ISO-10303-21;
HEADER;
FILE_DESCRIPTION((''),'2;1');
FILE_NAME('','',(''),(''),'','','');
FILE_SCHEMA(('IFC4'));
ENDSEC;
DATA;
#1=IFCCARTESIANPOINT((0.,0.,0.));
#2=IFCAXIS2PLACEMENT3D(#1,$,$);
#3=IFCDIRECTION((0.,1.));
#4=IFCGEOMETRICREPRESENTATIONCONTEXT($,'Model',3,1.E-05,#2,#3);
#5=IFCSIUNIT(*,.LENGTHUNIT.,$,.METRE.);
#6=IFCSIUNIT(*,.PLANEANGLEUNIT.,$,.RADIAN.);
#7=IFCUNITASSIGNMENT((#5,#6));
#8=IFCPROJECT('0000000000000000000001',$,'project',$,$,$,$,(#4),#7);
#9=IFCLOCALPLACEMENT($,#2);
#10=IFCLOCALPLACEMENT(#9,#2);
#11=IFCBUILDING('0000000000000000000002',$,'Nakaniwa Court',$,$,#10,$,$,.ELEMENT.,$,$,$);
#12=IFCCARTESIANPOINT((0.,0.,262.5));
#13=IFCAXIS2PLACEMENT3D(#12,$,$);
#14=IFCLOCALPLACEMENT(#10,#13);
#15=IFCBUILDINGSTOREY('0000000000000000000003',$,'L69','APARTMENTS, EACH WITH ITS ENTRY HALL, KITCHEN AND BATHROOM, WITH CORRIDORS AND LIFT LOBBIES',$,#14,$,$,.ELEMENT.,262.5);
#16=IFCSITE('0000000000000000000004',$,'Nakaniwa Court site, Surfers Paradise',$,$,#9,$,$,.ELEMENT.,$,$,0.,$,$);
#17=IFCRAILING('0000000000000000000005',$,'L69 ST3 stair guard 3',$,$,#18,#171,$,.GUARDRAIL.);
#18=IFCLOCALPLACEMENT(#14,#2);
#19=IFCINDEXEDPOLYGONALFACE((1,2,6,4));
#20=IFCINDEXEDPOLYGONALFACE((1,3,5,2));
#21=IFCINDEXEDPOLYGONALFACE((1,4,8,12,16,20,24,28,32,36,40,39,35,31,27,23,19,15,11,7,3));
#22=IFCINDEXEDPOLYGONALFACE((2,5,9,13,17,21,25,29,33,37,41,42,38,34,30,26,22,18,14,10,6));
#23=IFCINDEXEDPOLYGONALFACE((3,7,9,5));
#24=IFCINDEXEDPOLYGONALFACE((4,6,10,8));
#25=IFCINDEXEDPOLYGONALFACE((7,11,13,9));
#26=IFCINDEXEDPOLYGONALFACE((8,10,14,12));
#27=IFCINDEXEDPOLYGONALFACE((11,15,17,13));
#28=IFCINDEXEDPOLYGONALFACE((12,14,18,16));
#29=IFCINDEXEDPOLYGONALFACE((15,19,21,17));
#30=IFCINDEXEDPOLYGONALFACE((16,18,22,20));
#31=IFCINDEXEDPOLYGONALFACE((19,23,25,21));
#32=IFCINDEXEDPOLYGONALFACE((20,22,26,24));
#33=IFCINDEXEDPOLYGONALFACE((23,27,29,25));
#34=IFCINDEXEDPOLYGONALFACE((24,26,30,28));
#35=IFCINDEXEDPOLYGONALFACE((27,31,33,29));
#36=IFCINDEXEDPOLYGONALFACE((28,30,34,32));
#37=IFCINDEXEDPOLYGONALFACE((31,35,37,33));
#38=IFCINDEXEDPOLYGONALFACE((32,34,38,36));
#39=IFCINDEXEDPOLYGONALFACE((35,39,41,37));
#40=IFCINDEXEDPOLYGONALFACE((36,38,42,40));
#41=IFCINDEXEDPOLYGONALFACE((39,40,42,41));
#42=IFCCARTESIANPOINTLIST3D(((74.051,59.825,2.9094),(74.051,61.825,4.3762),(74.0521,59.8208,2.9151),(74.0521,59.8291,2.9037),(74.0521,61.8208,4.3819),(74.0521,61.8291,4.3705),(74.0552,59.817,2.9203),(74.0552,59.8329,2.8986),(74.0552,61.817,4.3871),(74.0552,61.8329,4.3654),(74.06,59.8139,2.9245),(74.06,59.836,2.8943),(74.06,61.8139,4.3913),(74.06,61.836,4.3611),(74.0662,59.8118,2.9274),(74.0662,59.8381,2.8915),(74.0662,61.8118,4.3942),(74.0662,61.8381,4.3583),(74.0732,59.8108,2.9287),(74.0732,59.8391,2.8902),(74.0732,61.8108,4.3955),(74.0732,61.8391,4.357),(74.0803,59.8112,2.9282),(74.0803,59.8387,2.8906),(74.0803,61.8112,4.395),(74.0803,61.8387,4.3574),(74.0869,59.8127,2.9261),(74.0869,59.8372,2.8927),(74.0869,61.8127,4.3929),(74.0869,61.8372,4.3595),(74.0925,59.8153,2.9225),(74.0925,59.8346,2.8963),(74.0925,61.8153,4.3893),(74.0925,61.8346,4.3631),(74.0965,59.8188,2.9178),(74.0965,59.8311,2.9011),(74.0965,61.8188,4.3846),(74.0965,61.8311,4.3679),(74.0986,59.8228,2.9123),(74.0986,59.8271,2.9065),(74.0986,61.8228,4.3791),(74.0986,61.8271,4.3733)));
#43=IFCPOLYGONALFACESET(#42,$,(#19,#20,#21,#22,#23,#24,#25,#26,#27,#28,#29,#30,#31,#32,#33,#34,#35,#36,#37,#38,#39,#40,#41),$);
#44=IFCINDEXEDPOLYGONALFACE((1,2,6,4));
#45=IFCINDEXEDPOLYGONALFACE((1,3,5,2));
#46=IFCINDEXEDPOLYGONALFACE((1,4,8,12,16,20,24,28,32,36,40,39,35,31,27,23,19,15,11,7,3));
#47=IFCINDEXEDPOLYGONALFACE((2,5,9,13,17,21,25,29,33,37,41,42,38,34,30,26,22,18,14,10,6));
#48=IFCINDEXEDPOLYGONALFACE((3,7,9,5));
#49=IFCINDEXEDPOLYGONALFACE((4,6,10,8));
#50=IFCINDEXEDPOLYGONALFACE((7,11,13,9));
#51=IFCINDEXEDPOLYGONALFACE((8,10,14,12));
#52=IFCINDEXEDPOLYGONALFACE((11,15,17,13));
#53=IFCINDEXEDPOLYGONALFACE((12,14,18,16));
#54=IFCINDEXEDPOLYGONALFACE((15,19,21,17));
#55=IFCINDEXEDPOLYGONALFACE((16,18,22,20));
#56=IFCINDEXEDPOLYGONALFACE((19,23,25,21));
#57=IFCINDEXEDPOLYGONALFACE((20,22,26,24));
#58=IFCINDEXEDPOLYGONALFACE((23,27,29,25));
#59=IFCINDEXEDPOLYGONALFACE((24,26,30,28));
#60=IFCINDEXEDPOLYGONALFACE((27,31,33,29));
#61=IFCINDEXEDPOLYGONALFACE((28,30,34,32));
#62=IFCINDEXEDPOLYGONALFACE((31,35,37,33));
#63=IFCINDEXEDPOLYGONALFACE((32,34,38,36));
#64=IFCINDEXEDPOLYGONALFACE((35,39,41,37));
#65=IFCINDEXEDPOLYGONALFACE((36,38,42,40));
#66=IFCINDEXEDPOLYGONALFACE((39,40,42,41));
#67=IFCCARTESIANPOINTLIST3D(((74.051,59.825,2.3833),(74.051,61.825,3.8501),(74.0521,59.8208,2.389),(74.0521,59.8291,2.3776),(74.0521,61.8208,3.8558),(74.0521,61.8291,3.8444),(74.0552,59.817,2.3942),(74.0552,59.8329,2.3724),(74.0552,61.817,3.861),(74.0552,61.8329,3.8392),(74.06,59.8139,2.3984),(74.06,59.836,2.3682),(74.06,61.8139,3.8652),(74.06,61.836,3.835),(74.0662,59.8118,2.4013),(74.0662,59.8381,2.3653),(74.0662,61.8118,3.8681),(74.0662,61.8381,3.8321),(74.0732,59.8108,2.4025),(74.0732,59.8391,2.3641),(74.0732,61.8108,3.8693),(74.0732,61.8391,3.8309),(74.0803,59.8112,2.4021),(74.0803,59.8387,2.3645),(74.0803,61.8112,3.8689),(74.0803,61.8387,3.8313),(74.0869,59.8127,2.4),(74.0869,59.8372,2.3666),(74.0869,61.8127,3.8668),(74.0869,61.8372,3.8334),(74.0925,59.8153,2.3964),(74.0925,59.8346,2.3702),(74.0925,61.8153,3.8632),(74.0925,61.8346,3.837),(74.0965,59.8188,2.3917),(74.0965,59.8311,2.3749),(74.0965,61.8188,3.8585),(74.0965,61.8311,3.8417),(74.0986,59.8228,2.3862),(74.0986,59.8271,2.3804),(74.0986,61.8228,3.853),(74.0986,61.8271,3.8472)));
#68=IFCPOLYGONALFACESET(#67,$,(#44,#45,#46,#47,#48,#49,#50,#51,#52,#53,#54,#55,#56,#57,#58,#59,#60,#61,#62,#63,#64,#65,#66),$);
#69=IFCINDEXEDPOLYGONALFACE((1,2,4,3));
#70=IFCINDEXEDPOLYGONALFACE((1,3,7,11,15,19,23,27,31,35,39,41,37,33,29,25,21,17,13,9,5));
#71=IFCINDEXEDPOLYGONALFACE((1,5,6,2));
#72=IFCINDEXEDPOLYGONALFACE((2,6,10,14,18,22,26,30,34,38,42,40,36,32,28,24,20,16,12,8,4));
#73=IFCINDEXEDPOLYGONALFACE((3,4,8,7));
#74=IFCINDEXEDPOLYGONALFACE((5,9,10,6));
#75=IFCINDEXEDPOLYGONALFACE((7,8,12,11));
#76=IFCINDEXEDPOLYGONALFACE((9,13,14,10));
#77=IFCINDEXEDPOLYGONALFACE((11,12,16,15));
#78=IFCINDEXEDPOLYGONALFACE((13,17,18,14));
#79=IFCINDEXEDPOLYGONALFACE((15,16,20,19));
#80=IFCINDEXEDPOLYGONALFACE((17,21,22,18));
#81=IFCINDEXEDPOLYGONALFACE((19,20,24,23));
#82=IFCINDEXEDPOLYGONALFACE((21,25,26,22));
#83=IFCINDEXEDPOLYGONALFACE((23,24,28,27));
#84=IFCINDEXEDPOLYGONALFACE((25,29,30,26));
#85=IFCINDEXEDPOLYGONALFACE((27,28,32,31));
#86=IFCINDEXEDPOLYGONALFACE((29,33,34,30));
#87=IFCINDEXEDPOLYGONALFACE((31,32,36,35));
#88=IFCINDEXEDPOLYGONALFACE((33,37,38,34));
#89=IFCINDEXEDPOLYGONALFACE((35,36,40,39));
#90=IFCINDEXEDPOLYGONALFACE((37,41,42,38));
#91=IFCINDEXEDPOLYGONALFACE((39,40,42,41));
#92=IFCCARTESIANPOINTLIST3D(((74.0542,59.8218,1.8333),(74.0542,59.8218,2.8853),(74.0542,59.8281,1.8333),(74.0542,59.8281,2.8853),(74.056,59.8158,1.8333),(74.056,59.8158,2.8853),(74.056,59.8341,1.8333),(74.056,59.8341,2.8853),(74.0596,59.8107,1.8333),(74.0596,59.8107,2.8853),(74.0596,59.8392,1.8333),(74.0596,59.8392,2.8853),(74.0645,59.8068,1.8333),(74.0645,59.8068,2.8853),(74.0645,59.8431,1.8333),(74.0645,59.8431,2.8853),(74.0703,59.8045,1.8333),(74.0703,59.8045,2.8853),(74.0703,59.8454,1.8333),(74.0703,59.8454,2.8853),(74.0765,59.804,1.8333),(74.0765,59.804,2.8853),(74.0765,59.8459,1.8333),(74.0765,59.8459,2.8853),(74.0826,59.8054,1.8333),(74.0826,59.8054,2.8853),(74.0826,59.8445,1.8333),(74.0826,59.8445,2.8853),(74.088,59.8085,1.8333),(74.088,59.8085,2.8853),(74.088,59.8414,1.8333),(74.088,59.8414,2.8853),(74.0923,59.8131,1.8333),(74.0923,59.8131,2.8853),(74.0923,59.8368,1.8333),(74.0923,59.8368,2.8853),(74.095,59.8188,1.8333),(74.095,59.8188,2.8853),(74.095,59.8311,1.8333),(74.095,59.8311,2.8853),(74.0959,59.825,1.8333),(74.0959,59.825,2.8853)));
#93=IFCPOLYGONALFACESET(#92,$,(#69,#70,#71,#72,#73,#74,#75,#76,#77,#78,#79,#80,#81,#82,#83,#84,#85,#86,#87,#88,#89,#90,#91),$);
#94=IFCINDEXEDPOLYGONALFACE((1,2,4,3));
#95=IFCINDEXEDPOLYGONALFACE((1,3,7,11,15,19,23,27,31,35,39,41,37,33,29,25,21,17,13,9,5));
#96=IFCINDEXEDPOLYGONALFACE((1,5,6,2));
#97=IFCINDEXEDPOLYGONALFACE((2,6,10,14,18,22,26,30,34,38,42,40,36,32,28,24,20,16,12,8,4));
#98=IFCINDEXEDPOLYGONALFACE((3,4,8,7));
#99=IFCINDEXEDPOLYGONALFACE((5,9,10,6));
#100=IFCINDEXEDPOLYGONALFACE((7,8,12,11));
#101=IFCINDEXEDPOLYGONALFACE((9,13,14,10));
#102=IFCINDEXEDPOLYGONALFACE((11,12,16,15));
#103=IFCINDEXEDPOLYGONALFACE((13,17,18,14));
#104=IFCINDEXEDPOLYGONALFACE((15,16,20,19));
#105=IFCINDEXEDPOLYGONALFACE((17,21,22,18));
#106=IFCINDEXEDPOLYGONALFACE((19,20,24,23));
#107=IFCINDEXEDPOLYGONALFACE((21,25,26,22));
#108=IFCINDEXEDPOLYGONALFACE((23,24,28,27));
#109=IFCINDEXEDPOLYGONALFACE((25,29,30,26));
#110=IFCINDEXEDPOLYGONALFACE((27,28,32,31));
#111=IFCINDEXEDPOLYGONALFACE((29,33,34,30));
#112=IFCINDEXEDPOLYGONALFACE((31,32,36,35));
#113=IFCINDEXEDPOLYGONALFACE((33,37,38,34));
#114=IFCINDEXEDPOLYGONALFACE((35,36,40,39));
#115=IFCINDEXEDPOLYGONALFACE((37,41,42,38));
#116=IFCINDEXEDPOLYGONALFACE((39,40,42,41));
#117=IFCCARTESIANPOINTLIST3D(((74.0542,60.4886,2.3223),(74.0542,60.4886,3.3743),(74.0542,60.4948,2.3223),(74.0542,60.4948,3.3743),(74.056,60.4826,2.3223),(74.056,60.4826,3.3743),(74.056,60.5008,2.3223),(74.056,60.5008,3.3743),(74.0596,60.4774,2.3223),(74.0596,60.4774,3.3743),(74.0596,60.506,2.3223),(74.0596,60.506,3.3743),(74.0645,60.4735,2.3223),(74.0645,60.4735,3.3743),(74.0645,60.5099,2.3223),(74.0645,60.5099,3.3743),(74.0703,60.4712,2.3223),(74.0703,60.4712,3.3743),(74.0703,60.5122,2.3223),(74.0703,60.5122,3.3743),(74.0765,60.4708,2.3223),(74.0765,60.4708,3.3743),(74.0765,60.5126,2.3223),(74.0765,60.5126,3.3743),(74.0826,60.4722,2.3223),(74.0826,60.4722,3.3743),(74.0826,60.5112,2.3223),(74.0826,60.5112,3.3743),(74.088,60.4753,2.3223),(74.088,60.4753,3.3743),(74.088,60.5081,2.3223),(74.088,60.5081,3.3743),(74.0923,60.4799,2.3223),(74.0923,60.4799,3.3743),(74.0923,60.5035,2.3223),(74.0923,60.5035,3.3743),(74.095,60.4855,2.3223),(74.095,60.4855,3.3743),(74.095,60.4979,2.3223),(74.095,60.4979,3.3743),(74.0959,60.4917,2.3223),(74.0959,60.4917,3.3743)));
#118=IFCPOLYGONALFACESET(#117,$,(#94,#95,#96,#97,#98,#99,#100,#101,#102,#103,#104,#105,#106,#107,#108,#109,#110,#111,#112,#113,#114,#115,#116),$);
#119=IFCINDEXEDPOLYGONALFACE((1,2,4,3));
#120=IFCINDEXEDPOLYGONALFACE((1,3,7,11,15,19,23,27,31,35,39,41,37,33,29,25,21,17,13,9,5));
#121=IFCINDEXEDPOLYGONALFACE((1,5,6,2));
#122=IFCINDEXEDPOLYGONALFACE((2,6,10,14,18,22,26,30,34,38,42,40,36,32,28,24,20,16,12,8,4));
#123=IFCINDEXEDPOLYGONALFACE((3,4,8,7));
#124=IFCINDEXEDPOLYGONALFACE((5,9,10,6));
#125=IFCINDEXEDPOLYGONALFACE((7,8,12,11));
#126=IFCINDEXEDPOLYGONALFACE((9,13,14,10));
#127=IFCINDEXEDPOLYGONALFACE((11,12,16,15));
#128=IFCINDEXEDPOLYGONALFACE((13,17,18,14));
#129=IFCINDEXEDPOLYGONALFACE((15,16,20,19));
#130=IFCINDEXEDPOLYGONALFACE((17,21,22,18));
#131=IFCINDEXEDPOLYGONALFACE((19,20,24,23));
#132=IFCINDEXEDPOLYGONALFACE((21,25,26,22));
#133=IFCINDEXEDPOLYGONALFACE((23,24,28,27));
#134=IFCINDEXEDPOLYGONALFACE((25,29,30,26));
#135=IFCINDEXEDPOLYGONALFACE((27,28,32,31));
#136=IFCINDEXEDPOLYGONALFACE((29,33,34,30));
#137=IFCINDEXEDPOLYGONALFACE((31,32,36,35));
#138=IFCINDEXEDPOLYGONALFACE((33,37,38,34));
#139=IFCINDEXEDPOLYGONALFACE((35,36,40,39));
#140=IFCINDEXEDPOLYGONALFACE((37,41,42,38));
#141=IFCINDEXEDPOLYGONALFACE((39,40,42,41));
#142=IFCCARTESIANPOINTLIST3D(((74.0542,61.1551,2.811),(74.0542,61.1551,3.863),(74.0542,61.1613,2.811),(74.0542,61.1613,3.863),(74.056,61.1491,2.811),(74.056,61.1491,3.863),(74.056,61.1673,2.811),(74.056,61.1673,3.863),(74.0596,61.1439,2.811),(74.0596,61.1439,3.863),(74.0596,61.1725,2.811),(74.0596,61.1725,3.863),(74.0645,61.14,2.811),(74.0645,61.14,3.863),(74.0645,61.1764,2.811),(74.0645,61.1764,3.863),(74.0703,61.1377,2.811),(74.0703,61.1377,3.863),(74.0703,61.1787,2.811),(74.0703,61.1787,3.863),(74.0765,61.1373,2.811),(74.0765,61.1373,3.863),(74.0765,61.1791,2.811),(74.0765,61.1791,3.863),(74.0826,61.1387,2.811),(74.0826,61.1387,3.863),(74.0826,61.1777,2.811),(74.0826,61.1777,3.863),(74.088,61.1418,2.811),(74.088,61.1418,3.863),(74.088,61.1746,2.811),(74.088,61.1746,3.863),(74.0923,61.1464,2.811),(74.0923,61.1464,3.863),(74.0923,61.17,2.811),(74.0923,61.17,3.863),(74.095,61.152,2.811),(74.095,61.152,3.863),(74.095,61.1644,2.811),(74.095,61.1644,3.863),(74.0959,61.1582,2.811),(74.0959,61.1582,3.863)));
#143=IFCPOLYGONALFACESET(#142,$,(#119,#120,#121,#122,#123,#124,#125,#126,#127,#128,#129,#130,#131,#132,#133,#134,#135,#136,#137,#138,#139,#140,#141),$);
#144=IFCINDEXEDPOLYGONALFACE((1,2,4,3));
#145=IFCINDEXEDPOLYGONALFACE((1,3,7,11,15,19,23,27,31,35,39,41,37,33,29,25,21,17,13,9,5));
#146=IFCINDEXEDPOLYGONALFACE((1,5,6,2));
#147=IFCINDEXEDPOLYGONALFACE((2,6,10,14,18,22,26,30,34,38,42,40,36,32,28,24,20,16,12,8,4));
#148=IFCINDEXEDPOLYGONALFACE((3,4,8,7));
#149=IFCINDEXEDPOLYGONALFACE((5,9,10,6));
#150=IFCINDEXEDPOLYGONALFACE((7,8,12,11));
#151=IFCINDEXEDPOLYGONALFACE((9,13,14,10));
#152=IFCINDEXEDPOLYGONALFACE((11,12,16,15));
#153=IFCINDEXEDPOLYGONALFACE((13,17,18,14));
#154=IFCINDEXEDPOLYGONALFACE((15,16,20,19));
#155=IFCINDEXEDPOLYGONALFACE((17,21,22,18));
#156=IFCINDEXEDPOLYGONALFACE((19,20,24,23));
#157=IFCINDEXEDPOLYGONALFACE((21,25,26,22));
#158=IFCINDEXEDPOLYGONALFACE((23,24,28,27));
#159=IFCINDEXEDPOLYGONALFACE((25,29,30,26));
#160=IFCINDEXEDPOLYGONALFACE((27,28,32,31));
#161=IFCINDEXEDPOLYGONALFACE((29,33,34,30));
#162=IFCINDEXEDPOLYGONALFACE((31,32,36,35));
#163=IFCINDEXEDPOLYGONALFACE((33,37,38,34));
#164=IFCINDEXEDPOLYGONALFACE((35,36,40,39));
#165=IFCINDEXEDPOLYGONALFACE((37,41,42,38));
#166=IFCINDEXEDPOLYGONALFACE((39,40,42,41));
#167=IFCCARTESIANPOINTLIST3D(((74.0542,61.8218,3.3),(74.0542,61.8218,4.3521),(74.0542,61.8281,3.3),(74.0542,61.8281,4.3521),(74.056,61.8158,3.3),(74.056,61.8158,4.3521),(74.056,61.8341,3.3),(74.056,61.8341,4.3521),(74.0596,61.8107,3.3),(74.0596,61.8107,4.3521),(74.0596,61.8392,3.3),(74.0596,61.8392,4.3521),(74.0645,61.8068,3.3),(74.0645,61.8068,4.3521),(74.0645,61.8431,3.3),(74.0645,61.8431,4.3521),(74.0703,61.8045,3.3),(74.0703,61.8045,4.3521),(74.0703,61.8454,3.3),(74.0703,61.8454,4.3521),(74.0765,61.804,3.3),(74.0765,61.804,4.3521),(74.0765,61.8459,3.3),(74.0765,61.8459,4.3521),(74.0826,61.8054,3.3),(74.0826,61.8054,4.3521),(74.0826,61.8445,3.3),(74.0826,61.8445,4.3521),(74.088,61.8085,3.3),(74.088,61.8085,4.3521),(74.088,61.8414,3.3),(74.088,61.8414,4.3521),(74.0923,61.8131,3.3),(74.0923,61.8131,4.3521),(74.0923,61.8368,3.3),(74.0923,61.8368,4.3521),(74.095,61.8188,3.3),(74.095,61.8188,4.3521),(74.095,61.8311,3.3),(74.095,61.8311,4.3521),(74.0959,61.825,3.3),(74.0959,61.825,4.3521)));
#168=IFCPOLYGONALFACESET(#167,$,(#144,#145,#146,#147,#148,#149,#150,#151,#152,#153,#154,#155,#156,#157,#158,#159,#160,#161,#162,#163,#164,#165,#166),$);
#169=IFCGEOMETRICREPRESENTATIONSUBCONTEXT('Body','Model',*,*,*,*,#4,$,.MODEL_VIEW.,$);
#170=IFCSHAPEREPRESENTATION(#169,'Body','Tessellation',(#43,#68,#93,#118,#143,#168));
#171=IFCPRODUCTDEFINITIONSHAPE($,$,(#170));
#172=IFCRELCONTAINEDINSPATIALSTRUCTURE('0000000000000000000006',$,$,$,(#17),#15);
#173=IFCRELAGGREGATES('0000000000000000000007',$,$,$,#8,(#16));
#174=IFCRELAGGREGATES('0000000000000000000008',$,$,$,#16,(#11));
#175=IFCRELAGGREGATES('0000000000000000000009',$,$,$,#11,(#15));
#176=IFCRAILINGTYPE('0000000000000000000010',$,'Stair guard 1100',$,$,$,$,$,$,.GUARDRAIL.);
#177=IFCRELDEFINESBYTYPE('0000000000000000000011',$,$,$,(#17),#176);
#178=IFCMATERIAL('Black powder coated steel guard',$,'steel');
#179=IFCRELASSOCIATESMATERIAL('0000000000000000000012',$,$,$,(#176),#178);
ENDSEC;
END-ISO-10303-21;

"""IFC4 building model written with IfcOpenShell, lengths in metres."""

from ifc_helpers import new_model, si_unit, direction, frame, origin, origin_2d, place, context, subcontext, project, spatial, circle, extrude, material, type_object, element, save


model = new_model("IFC4")

# Units and contexts
model_context = context("Model", 3, precision=1e-05, world=origin(), true_north=direction((0.0, 1.0)))
body_context = subcontext(model_context, "Body", "Model", "MODEL_VIEW")
ifc_project = project(units=[si_unit("LENGTHUNIT", "METRE"), si_unit("PLANEANGLEUNIT", "RADIAN")], contexts=[model_context])

# Site, building, storey
site_placement = place(None, origin())
site = spatial("IfcSite", under=ifc_project, at=site_placement, Name="Nakaniwa Court site, Surfers Paradise", CompositionType="ELEMENT", RefElevation=0.0)
building_placement = place(site_placement, origin())
building = spatial("IfcBuilding", under=site, at=building_placement, Name="Nakaniwa Court", CompositionType="ELEMENT")
storey_placement = place(building_placement, frame((0.0, 0.0, 262.5)))
storey = spatial("IfcBuildingStorey", under=building, at=storey_placement, Name="L69", Description="APARTMENTS, EACH WITH ITS ENTRY HALL, KITCHEN AND BATHROOM, WITH CORRIDORS AND LIFT LOBBIES", CompositionType="ELEMENT", Elevation=262.5)

# Railing
ifc_material_1 = material(Name="Black powder coated steel guard", Category="steel")
railing_type_1 = type_object("IfcRailingType", Name="Stair guard 1100", PredefinedType="GUARDRAIL", material=ifc_material_1)
railing_1_placement = place(storey_placement, frame((74.075, 59.825, 1.8333)))
element("IfcRailing", 1, at=railing_1_placement, inside=storey, type_object=railing_type_1, Name="L69 ST3 stair guard 3", PredefinedType="GUARDRAIL", context=body_context, shape_type="SweptSolid", body=[
    extrude(circle(Radius=0.0239, at=origin_2d()), frame((0.0, 0.0, 1.0762), z_axis=(0.0, 0.80638, 0.591398), x_axis=(-1.0, 0.0, 0.0)), (0.0, 0.0, 1.0), 2.4802),
    extrude(circle(Radius=0.0239, at=origin_2d()), frame((0.0, 0.0, 0.55), z_axis=(0.0, 0.80638, 0.591398), x_axis=(-1.0, 0.0, 0.0)), (0.0, 0.0, 1.0), 2.4802),
    extrude(circle(Radius=0.021, at=origin_2d()), origin(), (0.0, 0.0, 1.0), 1.052),
    extrude(circle(Radius=0.021, at=origin_2d()), frame((0.0, 0.6667, 0.489)), (0.0, 0.0, 1.0), 1.052),
    extrude(circle(Radius=0.021, at=origin_2d()), frame((0.0, 1.3333, 0.9778)), (0.0, 0.0, 1.0), 1.052),
    extrude(circle(Radius=0.021, at=origin_2d()), frame((0.0, 2.0, 1.4668)), (0.0, 0.0, 1.0), 1.052),
])

save(model, "model.ifc")
